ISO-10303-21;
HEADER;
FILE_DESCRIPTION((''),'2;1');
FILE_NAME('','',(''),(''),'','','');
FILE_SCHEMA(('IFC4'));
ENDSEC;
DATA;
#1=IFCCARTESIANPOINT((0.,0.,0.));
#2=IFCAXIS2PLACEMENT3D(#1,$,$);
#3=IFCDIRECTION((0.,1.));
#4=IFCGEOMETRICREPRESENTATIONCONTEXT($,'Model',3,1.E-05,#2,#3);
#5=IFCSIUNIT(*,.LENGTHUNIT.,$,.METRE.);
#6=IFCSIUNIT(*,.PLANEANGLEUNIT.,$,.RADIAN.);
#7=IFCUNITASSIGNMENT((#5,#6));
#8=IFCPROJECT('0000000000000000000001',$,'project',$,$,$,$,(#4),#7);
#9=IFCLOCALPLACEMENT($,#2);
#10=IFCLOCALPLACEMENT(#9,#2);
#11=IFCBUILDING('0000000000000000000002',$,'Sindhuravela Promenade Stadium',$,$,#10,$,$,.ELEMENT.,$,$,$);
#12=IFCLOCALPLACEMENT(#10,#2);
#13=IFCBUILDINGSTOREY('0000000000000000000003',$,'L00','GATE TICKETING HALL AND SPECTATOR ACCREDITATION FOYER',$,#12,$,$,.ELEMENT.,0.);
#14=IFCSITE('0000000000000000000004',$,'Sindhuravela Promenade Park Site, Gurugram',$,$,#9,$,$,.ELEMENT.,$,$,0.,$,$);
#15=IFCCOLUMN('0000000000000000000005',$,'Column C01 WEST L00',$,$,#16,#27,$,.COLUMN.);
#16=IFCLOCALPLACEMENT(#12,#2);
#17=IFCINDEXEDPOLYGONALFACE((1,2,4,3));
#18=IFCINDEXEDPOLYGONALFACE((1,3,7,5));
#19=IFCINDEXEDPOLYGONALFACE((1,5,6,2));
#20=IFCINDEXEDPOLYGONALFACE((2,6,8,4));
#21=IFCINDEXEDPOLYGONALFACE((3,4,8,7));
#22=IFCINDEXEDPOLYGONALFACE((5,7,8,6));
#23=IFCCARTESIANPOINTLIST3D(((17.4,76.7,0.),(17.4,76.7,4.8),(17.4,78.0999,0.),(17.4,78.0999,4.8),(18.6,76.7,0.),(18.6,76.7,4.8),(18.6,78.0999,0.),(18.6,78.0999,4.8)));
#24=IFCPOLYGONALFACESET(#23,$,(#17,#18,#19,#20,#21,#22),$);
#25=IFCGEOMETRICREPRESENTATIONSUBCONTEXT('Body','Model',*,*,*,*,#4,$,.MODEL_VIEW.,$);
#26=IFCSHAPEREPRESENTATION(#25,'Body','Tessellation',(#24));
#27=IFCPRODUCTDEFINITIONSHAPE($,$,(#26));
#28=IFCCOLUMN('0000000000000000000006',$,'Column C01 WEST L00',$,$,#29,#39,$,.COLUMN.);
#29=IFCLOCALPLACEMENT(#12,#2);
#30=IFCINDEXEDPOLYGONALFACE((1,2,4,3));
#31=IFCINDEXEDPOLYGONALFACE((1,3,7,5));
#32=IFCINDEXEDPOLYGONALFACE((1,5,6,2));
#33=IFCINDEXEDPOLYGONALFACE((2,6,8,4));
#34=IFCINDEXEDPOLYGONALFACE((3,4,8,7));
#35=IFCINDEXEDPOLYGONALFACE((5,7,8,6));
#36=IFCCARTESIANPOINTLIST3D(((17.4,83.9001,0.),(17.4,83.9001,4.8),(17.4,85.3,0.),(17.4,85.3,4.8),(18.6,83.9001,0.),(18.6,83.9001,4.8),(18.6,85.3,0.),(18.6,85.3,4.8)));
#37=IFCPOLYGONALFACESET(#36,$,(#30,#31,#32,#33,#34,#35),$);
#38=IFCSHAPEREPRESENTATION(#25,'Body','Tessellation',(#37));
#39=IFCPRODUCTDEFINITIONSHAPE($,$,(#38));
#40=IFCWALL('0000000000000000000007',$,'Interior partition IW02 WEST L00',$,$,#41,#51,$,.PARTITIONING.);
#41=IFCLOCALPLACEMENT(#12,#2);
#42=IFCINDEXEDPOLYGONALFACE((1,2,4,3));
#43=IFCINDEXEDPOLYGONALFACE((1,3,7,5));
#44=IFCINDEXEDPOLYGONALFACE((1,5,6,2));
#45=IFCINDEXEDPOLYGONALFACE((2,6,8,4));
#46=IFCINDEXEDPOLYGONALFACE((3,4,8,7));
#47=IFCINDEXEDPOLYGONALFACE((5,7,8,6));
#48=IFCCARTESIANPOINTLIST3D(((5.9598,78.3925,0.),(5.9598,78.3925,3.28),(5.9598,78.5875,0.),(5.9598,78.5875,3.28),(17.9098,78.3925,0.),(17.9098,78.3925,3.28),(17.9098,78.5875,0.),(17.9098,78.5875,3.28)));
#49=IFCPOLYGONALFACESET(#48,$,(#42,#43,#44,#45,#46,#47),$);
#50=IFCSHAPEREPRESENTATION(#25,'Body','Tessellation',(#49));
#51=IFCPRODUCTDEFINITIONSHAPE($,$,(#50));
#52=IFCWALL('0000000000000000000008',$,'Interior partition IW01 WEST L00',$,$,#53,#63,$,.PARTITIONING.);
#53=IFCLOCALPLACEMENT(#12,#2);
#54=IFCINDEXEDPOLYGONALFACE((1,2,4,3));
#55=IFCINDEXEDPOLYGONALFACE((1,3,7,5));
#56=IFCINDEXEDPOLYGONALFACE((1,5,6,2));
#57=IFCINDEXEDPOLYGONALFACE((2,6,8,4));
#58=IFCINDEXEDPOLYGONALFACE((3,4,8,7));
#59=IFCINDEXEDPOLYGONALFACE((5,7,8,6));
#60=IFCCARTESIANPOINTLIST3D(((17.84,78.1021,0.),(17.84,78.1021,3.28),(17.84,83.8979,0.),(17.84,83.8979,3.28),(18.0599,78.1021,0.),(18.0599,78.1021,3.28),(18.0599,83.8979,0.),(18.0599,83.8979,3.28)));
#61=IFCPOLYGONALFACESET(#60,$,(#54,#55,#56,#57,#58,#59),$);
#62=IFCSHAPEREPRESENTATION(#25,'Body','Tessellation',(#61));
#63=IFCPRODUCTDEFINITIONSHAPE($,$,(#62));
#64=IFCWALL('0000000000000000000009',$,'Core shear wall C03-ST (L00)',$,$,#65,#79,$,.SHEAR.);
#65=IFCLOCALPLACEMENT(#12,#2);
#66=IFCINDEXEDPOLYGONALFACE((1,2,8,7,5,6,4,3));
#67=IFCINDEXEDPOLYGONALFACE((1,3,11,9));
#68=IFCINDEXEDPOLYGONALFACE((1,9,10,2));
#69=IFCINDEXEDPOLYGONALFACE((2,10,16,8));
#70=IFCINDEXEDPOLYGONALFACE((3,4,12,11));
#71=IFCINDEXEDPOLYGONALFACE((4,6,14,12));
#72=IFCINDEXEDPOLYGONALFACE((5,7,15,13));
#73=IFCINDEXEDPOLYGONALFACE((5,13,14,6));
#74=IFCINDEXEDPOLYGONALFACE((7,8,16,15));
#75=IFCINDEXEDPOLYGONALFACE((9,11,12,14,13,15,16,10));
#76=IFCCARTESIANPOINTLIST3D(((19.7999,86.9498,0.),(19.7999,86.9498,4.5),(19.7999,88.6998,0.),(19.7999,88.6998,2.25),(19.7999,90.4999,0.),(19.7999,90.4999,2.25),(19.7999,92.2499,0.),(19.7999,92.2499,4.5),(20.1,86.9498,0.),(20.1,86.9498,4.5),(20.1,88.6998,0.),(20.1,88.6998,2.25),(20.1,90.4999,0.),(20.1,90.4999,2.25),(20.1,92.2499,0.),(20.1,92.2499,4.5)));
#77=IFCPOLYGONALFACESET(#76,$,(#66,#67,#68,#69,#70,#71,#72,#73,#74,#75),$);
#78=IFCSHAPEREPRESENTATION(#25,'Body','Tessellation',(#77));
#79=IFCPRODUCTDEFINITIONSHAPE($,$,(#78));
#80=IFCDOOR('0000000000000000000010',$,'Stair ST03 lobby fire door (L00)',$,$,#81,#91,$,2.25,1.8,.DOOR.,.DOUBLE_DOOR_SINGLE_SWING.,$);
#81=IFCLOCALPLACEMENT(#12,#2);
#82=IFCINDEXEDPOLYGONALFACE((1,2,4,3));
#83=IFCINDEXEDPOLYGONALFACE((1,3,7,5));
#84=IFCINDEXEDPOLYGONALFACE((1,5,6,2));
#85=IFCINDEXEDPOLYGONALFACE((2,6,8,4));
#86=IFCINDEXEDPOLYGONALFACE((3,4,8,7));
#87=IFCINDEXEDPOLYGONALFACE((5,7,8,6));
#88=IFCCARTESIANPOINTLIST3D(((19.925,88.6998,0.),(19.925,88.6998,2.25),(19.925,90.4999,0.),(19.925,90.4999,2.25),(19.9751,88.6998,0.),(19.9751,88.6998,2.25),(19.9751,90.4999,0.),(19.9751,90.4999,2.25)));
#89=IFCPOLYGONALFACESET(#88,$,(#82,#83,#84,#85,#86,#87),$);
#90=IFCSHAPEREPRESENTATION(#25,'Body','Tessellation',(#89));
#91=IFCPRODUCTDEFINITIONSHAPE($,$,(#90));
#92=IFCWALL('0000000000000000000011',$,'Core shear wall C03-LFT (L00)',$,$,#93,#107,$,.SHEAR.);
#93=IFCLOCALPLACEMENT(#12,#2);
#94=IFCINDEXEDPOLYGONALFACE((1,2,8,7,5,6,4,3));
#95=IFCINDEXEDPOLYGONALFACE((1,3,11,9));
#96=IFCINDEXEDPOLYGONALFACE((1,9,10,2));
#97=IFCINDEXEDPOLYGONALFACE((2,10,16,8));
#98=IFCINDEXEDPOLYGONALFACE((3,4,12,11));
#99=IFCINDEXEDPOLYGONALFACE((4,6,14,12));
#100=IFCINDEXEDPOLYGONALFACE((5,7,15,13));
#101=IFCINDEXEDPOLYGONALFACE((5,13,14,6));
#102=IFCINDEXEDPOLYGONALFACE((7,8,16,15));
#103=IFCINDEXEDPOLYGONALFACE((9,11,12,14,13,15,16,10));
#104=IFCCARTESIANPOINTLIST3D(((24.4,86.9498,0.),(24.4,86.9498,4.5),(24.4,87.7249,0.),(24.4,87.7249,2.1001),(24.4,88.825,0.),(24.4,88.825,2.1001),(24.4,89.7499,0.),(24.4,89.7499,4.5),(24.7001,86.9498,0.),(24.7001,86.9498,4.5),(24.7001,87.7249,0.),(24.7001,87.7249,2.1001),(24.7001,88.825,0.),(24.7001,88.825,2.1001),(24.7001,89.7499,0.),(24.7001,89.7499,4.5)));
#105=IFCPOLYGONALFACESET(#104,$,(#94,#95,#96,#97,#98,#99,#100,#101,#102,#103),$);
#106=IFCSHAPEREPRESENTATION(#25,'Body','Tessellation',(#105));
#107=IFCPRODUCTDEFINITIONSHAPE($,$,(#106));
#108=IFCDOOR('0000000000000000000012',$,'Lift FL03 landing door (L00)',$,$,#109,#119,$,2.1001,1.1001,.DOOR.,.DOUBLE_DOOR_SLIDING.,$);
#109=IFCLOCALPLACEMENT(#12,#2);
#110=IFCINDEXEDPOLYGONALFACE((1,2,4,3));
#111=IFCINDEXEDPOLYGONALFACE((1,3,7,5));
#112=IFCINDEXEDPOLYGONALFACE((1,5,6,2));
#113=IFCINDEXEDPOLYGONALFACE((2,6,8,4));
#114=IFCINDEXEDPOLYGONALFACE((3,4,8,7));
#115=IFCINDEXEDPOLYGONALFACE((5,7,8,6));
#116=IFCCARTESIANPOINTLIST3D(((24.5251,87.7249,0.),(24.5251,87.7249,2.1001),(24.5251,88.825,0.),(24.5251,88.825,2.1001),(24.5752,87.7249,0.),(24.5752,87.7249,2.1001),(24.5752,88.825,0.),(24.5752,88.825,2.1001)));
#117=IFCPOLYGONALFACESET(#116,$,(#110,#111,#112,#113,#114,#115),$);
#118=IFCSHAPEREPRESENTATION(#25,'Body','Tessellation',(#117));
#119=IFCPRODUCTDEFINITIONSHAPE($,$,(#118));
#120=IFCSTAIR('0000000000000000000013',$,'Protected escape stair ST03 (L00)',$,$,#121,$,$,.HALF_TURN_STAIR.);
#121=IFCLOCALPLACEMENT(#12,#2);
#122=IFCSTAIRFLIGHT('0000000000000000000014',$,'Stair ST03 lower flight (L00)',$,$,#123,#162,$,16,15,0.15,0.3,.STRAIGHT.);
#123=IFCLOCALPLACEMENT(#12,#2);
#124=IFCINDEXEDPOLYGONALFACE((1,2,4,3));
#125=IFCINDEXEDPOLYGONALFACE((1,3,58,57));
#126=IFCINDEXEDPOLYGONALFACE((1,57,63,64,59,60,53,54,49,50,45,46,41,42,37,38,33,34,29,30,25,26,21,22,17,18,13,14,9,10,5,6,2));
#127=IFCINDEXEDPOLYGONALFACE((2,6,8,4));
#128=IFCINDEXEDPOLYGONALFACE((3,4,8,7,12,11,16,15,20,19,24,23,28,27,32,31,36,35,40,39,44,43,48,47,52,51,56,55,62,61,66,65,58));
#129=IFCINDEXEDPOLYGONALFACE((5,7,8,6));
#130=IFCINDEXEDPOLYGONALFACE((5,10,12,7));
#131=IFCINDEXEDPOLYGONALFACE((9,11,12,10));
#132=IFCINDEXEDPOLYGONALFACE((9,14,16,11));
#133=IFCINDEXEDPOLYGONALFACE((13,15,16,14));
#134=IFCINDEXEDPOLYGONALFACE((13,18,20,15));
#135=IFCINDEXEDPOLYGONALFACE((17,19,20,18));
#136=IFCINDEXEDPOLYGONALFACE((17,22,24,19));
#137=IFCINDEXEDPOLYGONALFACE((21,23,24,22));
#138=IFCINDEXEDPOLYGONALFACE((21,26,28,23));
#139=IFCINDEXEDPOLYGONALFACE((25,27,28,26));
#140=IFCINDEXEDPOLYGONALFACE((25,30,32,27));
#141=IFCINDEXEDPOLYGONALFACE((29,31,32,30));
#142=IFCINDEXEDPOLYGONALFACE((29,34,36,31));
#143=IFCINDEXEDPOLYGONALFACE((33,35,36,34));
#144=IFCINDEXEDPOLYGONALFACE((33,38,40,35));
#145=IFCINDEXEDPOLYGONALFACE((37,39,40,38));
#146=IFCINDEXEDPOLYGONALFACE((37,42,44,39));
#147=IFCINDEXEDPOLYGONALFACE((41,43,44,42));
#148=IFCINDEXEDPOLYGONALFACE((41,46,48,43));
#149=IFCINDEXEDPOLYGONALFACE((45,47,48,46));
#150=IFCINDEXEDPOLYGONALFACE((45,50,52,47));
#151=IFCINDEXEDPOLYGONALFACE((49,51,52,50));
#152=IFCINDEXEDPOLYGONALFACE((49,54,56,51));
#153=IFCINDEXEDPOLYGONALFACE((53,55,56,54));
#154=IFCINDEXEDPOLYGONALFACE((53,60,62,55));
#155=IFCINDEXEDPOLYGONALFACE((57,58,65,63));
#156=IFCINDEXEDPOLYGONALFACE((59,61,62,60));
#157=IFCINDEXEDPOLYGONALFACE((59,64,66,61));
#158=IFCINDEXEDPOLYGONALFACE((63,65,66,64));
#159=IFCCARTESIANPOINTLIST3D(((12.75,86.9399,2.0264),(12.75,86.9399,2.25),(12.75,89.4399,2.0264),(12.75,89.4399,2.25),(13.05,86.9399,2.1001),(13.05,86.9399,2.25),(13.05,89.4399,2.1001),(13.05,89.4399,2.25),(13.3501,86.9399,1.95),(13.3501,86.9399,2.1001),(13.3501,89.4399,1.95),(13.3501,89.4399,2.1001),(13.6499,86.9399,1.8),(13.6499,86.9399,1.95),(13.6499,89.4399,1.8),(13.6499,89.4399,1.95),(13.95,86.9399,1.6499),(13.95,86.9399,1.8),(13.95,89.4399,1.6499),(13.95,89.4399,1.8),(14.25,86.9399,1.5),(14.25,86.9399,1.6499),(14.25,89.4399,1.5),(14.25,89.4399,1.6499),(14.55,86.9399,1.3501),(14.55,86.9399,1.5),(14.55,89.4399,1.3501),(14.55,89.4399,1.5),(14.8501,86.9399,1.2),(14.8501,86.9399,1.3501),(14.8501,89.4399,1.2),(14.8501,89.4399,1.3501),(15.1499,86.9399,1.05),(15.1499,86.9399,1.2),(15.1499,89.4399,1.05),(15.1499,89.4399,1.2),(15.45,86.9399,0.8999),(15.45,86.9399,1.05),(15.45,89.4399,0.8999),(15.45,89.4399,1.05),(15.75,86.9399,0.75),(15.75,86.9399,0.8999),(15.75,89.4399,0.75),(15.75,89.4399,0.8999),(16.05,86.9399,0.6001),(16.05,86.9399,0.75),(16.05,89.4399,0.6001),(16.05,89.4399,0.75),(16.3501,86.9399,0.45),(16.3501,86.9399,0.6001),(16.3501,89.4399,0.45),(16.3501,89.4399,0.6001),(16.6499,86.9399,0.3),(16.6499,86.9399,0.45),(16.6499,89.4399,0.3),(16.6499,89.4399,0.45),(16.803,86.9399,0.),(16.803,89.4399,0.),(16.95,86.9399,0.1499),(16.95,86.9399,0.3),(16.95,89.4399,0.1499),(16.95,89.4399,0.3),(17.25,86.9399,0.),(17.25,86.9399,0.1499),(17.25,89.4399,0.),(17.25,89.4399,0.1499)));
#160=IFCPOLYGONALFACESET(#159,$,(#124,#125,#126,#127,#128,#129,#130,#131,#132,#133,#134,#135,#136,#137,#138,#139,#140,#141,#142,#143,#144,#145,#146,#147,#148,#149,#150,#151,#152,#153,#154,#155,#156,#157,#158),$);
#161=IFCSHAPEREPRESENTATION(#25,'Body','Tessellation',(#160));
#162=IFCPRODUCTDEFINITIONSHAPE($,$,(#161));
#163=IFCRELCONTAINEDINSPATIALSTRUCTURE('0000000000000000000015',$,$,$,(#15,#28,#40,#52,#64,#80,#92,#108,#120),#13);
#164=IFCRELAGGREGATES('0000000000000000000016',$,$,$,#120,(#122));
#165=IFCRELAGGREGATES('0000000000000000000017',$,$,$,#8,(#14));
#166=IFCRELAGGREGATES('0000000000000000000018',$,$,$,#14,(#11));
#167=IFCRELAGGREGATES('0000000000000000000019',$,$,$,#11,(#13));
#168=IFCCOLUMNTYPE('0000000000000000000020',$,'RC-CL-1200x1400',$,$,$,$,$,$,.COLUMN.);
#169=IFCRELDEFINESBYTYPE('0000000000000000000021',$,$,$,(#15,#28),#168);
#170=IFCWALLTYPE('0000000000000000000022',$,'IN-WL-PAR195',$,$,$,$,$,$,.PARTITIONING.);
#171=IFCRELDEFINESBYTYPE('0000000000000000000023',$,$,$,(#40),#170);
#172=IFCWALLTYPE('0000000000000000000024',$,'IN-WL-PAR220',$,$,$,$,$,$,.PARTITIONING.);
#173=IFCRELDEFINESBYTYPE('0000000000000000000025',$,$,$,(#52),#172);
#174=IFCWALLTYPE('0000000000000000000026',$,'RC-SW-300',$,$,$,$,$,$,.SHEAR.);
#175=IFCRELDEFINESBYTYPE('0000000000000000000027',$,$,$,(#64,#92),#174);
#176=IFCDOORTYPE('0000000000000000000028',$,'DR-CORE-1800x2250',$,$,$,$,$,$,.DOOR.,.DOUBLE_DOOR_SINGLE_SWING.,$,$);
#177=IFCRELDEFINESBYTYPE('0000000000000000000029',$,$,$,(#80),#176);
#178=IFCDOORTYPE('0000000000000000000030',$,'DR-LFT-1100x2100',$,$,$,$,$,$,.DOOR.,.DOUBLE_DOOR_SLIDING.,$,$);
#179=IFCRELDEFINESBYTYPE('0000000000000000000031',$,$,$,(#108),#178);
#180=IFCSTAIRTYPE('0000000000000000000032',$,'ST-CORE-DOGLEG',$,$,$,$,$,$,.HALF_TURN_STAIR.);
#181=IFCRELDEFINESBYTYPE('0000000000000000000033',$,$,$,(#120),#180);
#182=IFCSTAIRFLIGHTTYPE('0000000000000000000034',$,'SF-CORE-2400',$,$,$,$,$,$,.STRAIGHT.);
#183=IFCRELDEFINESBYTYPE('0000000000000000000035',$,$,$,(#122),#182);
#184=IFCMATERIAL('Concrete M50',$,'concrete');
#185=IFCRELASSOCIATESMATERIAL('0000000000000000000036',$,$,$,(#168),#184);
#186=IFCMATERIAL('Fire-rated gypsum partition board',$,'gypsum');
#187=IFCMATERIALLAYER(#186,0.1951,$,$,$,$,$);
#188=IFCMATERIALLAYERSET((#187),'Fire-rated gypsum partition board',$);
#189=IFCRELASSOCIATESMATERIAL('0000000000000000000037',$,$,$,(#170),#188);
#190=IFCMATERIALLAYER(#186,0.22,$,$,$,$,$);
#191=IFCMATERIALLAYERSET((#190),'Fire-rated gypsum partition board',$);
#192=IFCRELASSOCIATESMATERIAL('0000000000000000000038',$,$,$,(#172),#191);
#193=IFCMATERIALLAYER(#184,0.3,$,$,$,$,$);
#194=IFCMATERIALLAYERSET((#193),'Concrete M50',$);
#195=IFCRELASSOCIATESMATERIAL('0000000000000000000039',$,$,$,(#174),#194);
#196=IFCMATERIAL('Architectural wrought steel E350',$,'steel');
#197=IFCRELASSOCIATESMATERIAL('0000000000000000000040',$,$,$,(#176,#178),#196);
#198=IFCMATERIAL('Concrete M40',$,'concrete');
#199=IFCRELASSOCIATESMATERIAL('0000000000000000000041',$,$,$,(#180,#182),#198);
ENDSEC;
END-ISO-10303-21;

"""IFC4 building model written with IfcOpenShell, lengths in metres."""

from ifc_helpers import new_model, si_unit, direction, frame, frame_2d, origin, origin_2d, place, context, subcontext, project, spatial, polyline, rectangle, outline, extrude, material, layer, layer_set, material_profile, profile_set, type_object, element, fill, aggregate, save


model = new_model("IFC4")

# Units and contexts
model_context = context("Model", 3, precision=1e-05, world=origin(), true_north=direction((0.0, 1.0)))
body_context = subcontext(model_context, "Body", "Model", "MODEL_VIEW")
ifc_project = project(units=[si_unit("LENGTHUNIT", "METRE"), si_unit("PLANEANGLEUNIT", "RADIAN")], contexts=[model_context])

# Site, building, storey
site_placement = place(None, origin())
site = spatial("IfcSite", under=ifc_project, at=site_placement, Name="Sindhuravela Promenade Park Site, Gurugram", CompositionType="ELEMENT", RefElevation=0.0)
building_placement = place(site_placement, origin())
building = spatial("IfcBuilding", under=site, at=building_placement, Name="Sindhuravela Promenade Stadium", CompositionType="ELEMENT")
storey_placement = place(building_placement, origin())
storey = spatial("IfcBuildingStorey", under=building, at=storey_placement, Name="L00", Description="GATE TICKETING HALL AND SPECTATOR ACCREDITATION FOYER", CompositionType="ELEMENT", Elevation=0.0)

# Shared definitions
ifc_material_1 = material(Name="Concrete M50", Category="concrete")

# Shared definitions
ifc_material_2 = material(Name="Concrete M40", Category="concrete")

# Columns
ifc_material_profile_1 = material_profile(ifc_material_1, rectangle(XDim=1.2, YDim=1.3999, at=origin_2d()), Name="RC 1200x1400")
ifc_profile_set_1 = profile_set([ifc_material_profile_1], Name="Concrete M50")
column_type = type_object("IfcColumnType", Name="RC-CL-1200x1400", PredefinedType="COLUMN", material=ifc_profile_set_1)
for number, where, z_axis, x_axis, name in (
    (1, (18.0, 77.3999, 0.0), (0.0, 0.0, 1.0), (1.0, 0.0, 0.0), "Column C01 WEST L00"),
    (2, (18.0, 84.6001, 0.0), (0.0, 0.0, 1.0), (1.0, 0.0, 0.0), "Column C01 WEST L00"),
):
    element("IfcColumn", number, at=place(storey_placement, frame(where, z_axis=z_axis, x_axis=x_axis)), inside=storey, type_object=column_type, Name=name, PredefinedType="COLUMN", context=body_context, shape_type="SweptSolid", body=[
        extrude(rectangle(XDim=1.2, YDim=1.3999, at=origin_2d()), origin(), (0.0, 0.0, 1.0), 4.8),
    ])

# Walls
ifc_material_3 = material(Name="Fire-rated gypsum partition board", Category="gypsum")
ifc_layer_1 = layer(ifc_material_3, 0.1951)
ifc_layer_set_1 = layer_set([ifc_layer_1], Name="Fire-rated gypsum partition board")
wall_type_1 = type_object("IfcWallType", Name="IN-WL-PAR195", PredefinedType="PARTITIONING", material=ifc_layer_set_1)
wall_1_placement = place(storey_placement, frame((17.9099, 78.49, 0.0), z_axis=(0.0, 0.0, 1.0), x_axis=(-1.0, 0.0, 0.0)))
element("IfcWall", 3, at=wall_1_placement, inside=storey, type_object=wall_type_1, Name="Interior partition IW02 WEST L00", PredefinedType="PARTITIONING", context=body_context, shape_type="SweptSolid", body=[
    extrude(rectangle(XDim=11.95, YDim=0.1951, at=frame_2d((5.9751, 0.0))), origin(), (0.0, 0.0, 1.0), 3.28),
])
ifc_layer_2 = layer(ifc_material_3, 0.22)
ifc_layer_set_2 = layer_set([ifc_layer_2], Name="Fire-rated gypsum partition board")
wall_type_2 = type_object("IfcWallType", Name="IN-WL-PAR220", PredefinedType="PARTITIONING", material=ifc_layer_set_2)
wall_2_placement = place(storey_placement, frame((17.95, 83.8979, 0.0), z_axis=(0.0, 0.0, 1.0), x_axis=(0.0, -1.0, 0.0)))
element("IfcWall", 4, at=wall_2_placement, inside=storey, type_object=wall_type_2, Name="Interior partition IW01 WEST L00", PredefinedType="PARTITIONING", context=body_context, shape_type="SweptSolid", body=[
    extrude(rectangle(XDim=5.7959, YDim=0.22, at=frame_2d((2.8979, 0.0))), origin(), (0.0, 0.0, 1.0), 3.28),
])

# Walls, openings, doors
ifc_layer_3 = layer(ifc_material_1, 0.3)
ifc_layer_set_3 = layer_set([ifc_layer_3], Name="Concrete M50")
wall_type_3 = type_object("IfcWallType", Name="RC-SW-300", PredefinedType="SHEAR", material=ifc_layer_set_3)
wall_3_placement = place(storey_placement, frame((19.95, 86.95, 0.0), z_axis=(0.0, 0.0, 1.0), x_axis=(0.0, 1.0, 0.0)))
wall_3 = element("IfcWall", 5, at=wall_3_placement, inside=storey, type_object=wall_type_3, Name="Core shear wall C03-ST (L00)", PredefinedType="SHEAR", context=body_context, shape_type="SweptSolid", body=[
    extrude(rectangle(XDim=5.3, YDim=0.3, at=frame_2d((2.6499, 0.0))), origin(), (0.0, 0.0, 1.0), 4.5),
])
opening_1_placement = place(wall_3_placement, frame((1.75, 0.0, 0.0)))
opening_1 = element("IfcOpeningElement", 6, at=opening_1_placement, cuts=wall_3, PredefinedType="OPENING", context=body_context, shape_type="SweptSolid", body=[
    extrude(rectangle(XDim=1.8, YDim=2.25, at=frame_2d((0.8999, 1.125))), frame((0.0, 0.1599, 0.0), z_axis=(0.0, -1.0, 0.0), x_axis=(1.0, 0.0, 0.0)), (0.0, 0.0, 1.0), 0.3201),
])
ifc_material_4 = material(Name="Architectural wrought steel E350", Category="steel")
door_type_1 = type_object("IfcDoorType", Name="DR-CORE-1800x2250", OperationType="DOUBLE_DOOR_SINGLE_SWING", PredefinedType="DOOR", material=ifc_material_4)
door_1_placement = place(opening_1_placement, origin())
door_1 = element("IfcDoor", 7, at=door_1_placement, inside=storey, type_object=door_type_1, Name="Stair ST03 lobby fire door (L00)", OperationType="DOUBLE_DOOR_SINGLE_SWING", OverallHeight=2.25, OverallWidth=1.8, PredefinedType="DOOR", context=body_context, shape_type="SweptSolid", body=[
    extrude(rectangle(XDim=1.8, YDim=2.25, at=frame_2d((0.8999, 1.125))), frame((0.0, 0.0249, 0.0), z_axis=(0.0, -1.0, 0.0), x_axis=(1.0, 0.0, 0.0)), (0.0, 0.0, 1.0), 0.05),
])
fill(opening_1, door_1)
wall_4_placement = place(storey_placement, frame((24.55, 86.95, 0.0), z_axis=(0.0, 0.0, 1.0), x_axis=(0.0, 1.0, 0.0)))
wall_4 = element("IfcWall", 8, at=wall_4_placement, inside=storey, type_object=wall_type_3, Name="Core shear wall C03-LFT (L00)", PredefinedType="SHEAR", context=body_context, shape_type="SweptSolid", body=[
    extrude(rectangle(XDim=2.8, YDim=0.3, at=frame_2d((1.3999, 0.0))), origin(), (0.0, 0.0, 1.0), 4.5),
])
opening_2_placement = place(wall_4_placement, frame((0.7749, 0.0, 0.0)))
opening_2 = element("IfcOpeningElement", 9, at=opening_2_placement, cuts=wall_4, PredefinedType="OPENING", context=body_context, shape_type="SweptSolid", body=[
    extrude(rectangle(XDim=1.1001, YDim=2.1001, at=frame_2d((0.55, 1.05))), frame((0.0, 0.1599, 0.0), z_axis=(0.0, -1.0, 0.0), x_axis=(1.0, 0.0, 0.0)), (0.0, 0.0, 1.0), 0.3201),
])
door_type_2 = type_object("IfcDoorType", Name="DR-LFT-1100x2100", OperationType="DOUBLE_DOOR_SLIDING", PredefinedType="DOOR", material=ifc_material_4)
door_2_placement = place(opening_2_placement, origin())
door_2 = element("IfcDoor", 10, at=door_2_placement, inside=storey, type_object=door_type_2, Name="Lift FL03 landing door (L00)", OperationType="DOUBLE_DOOR_SLIDING", OverallHeight=2.1001, OverallWidth=1.1001, PredefinedType="DOOR", context=body_context, shape_type="SweptSolid", body=[
    extrude(rectangle(XDim=1.1001, YDim=2.1001, at=frame_2d((0.55, 1.05))), frame((0.0, 0.0249, 0.0), z_axis=(0.0, -1.0, 0.0), x_axis=(1.0, 0.0, 0.0)), (0.0, 0.0, 1.0), 0.05),
])
fill(opening_2, door_2)

# Stair, stair flight
stair_type = type_object("IfcStairType", Name="ST-CORE-DOGLEG", PredefinedType="HALF_TURN_STAIR", material=ifc_material_2)
stair_placement = place(storey_placement, origin())
stair = element("IfcStair", 11, at=stair_placement, inside=storey, type_object=stair_type, Name="Protected escape stair ST03 (L00)", PredefinedType="HALF_TURN_STAIR")
stair_flight_type = type_object("IfcStairFlightType", Name="SF-CORE-2400", PredefinedType="STRAIGHT", material=ifc_material_2)
stair_flight_1_placement = place(storey_placement, frame((17.25, 88.1899, 0.0), z_axis=(0.0, 0.0, 1.0), x_axis=(-1.0, 0.0, 0.0)))
stair_flight_1 = element("IfcStairFlight", 12, at=stair_flight_1_placement, type_object=stair_flight_type, Name="Stair ST03 lower flight (L00)", NumberOfRisers=16, NumberOfTreads=15, PredefinedType="STRAIGHT", RiserHeight=0.15, TreadLength=0.3, context=body_context, shape_type="SweptSolid", body=[
    extrude(outline(polyline([(0.0, 0.0), (0.0, 0.1499), (0.3, 0.1499), (0.3, 0.3), (0.6001, 0.3), (0.6001, 0.45), (0.8999, 0.45), (0.8999, 0.6001), (1.2, 0.6001), (1.2, 0.75), (1.5, 0.75), (1.5, 0.8999), (1.8, 0.8999), (1.8, 1.05), (2.1001, 1.05), (2.1001, 1.2), (2.3999, 1.2), (2.3999, 1.3501), (2.7, 1.3501), (2.7, 1.5), (3.0, 1.5), (3.0, 1.6499), (3.3, 1.6499), (3.3, 1.8), (3.6001, 1.8), (3.6001, 1.95), (3.8999, 1.95), (3.8999, 2.1001), (4.2, 2.1001), (4.2, 2.25), (4.5, 2.25), (4.5, 2.3999), (4.5, 2.0264), (0.447, 0.0), (0.0, 0.0)])), frame((0.0, 1.25, 0.0), z_axis=(0.0, -1.0, 0.0), x_axis=(1.0, 0.0, 0.0)), (0.0, 0.0, 1.0), 2.5),
])
aggregate(stair, [stair_flight_1])

save(model, "model.ifc")
